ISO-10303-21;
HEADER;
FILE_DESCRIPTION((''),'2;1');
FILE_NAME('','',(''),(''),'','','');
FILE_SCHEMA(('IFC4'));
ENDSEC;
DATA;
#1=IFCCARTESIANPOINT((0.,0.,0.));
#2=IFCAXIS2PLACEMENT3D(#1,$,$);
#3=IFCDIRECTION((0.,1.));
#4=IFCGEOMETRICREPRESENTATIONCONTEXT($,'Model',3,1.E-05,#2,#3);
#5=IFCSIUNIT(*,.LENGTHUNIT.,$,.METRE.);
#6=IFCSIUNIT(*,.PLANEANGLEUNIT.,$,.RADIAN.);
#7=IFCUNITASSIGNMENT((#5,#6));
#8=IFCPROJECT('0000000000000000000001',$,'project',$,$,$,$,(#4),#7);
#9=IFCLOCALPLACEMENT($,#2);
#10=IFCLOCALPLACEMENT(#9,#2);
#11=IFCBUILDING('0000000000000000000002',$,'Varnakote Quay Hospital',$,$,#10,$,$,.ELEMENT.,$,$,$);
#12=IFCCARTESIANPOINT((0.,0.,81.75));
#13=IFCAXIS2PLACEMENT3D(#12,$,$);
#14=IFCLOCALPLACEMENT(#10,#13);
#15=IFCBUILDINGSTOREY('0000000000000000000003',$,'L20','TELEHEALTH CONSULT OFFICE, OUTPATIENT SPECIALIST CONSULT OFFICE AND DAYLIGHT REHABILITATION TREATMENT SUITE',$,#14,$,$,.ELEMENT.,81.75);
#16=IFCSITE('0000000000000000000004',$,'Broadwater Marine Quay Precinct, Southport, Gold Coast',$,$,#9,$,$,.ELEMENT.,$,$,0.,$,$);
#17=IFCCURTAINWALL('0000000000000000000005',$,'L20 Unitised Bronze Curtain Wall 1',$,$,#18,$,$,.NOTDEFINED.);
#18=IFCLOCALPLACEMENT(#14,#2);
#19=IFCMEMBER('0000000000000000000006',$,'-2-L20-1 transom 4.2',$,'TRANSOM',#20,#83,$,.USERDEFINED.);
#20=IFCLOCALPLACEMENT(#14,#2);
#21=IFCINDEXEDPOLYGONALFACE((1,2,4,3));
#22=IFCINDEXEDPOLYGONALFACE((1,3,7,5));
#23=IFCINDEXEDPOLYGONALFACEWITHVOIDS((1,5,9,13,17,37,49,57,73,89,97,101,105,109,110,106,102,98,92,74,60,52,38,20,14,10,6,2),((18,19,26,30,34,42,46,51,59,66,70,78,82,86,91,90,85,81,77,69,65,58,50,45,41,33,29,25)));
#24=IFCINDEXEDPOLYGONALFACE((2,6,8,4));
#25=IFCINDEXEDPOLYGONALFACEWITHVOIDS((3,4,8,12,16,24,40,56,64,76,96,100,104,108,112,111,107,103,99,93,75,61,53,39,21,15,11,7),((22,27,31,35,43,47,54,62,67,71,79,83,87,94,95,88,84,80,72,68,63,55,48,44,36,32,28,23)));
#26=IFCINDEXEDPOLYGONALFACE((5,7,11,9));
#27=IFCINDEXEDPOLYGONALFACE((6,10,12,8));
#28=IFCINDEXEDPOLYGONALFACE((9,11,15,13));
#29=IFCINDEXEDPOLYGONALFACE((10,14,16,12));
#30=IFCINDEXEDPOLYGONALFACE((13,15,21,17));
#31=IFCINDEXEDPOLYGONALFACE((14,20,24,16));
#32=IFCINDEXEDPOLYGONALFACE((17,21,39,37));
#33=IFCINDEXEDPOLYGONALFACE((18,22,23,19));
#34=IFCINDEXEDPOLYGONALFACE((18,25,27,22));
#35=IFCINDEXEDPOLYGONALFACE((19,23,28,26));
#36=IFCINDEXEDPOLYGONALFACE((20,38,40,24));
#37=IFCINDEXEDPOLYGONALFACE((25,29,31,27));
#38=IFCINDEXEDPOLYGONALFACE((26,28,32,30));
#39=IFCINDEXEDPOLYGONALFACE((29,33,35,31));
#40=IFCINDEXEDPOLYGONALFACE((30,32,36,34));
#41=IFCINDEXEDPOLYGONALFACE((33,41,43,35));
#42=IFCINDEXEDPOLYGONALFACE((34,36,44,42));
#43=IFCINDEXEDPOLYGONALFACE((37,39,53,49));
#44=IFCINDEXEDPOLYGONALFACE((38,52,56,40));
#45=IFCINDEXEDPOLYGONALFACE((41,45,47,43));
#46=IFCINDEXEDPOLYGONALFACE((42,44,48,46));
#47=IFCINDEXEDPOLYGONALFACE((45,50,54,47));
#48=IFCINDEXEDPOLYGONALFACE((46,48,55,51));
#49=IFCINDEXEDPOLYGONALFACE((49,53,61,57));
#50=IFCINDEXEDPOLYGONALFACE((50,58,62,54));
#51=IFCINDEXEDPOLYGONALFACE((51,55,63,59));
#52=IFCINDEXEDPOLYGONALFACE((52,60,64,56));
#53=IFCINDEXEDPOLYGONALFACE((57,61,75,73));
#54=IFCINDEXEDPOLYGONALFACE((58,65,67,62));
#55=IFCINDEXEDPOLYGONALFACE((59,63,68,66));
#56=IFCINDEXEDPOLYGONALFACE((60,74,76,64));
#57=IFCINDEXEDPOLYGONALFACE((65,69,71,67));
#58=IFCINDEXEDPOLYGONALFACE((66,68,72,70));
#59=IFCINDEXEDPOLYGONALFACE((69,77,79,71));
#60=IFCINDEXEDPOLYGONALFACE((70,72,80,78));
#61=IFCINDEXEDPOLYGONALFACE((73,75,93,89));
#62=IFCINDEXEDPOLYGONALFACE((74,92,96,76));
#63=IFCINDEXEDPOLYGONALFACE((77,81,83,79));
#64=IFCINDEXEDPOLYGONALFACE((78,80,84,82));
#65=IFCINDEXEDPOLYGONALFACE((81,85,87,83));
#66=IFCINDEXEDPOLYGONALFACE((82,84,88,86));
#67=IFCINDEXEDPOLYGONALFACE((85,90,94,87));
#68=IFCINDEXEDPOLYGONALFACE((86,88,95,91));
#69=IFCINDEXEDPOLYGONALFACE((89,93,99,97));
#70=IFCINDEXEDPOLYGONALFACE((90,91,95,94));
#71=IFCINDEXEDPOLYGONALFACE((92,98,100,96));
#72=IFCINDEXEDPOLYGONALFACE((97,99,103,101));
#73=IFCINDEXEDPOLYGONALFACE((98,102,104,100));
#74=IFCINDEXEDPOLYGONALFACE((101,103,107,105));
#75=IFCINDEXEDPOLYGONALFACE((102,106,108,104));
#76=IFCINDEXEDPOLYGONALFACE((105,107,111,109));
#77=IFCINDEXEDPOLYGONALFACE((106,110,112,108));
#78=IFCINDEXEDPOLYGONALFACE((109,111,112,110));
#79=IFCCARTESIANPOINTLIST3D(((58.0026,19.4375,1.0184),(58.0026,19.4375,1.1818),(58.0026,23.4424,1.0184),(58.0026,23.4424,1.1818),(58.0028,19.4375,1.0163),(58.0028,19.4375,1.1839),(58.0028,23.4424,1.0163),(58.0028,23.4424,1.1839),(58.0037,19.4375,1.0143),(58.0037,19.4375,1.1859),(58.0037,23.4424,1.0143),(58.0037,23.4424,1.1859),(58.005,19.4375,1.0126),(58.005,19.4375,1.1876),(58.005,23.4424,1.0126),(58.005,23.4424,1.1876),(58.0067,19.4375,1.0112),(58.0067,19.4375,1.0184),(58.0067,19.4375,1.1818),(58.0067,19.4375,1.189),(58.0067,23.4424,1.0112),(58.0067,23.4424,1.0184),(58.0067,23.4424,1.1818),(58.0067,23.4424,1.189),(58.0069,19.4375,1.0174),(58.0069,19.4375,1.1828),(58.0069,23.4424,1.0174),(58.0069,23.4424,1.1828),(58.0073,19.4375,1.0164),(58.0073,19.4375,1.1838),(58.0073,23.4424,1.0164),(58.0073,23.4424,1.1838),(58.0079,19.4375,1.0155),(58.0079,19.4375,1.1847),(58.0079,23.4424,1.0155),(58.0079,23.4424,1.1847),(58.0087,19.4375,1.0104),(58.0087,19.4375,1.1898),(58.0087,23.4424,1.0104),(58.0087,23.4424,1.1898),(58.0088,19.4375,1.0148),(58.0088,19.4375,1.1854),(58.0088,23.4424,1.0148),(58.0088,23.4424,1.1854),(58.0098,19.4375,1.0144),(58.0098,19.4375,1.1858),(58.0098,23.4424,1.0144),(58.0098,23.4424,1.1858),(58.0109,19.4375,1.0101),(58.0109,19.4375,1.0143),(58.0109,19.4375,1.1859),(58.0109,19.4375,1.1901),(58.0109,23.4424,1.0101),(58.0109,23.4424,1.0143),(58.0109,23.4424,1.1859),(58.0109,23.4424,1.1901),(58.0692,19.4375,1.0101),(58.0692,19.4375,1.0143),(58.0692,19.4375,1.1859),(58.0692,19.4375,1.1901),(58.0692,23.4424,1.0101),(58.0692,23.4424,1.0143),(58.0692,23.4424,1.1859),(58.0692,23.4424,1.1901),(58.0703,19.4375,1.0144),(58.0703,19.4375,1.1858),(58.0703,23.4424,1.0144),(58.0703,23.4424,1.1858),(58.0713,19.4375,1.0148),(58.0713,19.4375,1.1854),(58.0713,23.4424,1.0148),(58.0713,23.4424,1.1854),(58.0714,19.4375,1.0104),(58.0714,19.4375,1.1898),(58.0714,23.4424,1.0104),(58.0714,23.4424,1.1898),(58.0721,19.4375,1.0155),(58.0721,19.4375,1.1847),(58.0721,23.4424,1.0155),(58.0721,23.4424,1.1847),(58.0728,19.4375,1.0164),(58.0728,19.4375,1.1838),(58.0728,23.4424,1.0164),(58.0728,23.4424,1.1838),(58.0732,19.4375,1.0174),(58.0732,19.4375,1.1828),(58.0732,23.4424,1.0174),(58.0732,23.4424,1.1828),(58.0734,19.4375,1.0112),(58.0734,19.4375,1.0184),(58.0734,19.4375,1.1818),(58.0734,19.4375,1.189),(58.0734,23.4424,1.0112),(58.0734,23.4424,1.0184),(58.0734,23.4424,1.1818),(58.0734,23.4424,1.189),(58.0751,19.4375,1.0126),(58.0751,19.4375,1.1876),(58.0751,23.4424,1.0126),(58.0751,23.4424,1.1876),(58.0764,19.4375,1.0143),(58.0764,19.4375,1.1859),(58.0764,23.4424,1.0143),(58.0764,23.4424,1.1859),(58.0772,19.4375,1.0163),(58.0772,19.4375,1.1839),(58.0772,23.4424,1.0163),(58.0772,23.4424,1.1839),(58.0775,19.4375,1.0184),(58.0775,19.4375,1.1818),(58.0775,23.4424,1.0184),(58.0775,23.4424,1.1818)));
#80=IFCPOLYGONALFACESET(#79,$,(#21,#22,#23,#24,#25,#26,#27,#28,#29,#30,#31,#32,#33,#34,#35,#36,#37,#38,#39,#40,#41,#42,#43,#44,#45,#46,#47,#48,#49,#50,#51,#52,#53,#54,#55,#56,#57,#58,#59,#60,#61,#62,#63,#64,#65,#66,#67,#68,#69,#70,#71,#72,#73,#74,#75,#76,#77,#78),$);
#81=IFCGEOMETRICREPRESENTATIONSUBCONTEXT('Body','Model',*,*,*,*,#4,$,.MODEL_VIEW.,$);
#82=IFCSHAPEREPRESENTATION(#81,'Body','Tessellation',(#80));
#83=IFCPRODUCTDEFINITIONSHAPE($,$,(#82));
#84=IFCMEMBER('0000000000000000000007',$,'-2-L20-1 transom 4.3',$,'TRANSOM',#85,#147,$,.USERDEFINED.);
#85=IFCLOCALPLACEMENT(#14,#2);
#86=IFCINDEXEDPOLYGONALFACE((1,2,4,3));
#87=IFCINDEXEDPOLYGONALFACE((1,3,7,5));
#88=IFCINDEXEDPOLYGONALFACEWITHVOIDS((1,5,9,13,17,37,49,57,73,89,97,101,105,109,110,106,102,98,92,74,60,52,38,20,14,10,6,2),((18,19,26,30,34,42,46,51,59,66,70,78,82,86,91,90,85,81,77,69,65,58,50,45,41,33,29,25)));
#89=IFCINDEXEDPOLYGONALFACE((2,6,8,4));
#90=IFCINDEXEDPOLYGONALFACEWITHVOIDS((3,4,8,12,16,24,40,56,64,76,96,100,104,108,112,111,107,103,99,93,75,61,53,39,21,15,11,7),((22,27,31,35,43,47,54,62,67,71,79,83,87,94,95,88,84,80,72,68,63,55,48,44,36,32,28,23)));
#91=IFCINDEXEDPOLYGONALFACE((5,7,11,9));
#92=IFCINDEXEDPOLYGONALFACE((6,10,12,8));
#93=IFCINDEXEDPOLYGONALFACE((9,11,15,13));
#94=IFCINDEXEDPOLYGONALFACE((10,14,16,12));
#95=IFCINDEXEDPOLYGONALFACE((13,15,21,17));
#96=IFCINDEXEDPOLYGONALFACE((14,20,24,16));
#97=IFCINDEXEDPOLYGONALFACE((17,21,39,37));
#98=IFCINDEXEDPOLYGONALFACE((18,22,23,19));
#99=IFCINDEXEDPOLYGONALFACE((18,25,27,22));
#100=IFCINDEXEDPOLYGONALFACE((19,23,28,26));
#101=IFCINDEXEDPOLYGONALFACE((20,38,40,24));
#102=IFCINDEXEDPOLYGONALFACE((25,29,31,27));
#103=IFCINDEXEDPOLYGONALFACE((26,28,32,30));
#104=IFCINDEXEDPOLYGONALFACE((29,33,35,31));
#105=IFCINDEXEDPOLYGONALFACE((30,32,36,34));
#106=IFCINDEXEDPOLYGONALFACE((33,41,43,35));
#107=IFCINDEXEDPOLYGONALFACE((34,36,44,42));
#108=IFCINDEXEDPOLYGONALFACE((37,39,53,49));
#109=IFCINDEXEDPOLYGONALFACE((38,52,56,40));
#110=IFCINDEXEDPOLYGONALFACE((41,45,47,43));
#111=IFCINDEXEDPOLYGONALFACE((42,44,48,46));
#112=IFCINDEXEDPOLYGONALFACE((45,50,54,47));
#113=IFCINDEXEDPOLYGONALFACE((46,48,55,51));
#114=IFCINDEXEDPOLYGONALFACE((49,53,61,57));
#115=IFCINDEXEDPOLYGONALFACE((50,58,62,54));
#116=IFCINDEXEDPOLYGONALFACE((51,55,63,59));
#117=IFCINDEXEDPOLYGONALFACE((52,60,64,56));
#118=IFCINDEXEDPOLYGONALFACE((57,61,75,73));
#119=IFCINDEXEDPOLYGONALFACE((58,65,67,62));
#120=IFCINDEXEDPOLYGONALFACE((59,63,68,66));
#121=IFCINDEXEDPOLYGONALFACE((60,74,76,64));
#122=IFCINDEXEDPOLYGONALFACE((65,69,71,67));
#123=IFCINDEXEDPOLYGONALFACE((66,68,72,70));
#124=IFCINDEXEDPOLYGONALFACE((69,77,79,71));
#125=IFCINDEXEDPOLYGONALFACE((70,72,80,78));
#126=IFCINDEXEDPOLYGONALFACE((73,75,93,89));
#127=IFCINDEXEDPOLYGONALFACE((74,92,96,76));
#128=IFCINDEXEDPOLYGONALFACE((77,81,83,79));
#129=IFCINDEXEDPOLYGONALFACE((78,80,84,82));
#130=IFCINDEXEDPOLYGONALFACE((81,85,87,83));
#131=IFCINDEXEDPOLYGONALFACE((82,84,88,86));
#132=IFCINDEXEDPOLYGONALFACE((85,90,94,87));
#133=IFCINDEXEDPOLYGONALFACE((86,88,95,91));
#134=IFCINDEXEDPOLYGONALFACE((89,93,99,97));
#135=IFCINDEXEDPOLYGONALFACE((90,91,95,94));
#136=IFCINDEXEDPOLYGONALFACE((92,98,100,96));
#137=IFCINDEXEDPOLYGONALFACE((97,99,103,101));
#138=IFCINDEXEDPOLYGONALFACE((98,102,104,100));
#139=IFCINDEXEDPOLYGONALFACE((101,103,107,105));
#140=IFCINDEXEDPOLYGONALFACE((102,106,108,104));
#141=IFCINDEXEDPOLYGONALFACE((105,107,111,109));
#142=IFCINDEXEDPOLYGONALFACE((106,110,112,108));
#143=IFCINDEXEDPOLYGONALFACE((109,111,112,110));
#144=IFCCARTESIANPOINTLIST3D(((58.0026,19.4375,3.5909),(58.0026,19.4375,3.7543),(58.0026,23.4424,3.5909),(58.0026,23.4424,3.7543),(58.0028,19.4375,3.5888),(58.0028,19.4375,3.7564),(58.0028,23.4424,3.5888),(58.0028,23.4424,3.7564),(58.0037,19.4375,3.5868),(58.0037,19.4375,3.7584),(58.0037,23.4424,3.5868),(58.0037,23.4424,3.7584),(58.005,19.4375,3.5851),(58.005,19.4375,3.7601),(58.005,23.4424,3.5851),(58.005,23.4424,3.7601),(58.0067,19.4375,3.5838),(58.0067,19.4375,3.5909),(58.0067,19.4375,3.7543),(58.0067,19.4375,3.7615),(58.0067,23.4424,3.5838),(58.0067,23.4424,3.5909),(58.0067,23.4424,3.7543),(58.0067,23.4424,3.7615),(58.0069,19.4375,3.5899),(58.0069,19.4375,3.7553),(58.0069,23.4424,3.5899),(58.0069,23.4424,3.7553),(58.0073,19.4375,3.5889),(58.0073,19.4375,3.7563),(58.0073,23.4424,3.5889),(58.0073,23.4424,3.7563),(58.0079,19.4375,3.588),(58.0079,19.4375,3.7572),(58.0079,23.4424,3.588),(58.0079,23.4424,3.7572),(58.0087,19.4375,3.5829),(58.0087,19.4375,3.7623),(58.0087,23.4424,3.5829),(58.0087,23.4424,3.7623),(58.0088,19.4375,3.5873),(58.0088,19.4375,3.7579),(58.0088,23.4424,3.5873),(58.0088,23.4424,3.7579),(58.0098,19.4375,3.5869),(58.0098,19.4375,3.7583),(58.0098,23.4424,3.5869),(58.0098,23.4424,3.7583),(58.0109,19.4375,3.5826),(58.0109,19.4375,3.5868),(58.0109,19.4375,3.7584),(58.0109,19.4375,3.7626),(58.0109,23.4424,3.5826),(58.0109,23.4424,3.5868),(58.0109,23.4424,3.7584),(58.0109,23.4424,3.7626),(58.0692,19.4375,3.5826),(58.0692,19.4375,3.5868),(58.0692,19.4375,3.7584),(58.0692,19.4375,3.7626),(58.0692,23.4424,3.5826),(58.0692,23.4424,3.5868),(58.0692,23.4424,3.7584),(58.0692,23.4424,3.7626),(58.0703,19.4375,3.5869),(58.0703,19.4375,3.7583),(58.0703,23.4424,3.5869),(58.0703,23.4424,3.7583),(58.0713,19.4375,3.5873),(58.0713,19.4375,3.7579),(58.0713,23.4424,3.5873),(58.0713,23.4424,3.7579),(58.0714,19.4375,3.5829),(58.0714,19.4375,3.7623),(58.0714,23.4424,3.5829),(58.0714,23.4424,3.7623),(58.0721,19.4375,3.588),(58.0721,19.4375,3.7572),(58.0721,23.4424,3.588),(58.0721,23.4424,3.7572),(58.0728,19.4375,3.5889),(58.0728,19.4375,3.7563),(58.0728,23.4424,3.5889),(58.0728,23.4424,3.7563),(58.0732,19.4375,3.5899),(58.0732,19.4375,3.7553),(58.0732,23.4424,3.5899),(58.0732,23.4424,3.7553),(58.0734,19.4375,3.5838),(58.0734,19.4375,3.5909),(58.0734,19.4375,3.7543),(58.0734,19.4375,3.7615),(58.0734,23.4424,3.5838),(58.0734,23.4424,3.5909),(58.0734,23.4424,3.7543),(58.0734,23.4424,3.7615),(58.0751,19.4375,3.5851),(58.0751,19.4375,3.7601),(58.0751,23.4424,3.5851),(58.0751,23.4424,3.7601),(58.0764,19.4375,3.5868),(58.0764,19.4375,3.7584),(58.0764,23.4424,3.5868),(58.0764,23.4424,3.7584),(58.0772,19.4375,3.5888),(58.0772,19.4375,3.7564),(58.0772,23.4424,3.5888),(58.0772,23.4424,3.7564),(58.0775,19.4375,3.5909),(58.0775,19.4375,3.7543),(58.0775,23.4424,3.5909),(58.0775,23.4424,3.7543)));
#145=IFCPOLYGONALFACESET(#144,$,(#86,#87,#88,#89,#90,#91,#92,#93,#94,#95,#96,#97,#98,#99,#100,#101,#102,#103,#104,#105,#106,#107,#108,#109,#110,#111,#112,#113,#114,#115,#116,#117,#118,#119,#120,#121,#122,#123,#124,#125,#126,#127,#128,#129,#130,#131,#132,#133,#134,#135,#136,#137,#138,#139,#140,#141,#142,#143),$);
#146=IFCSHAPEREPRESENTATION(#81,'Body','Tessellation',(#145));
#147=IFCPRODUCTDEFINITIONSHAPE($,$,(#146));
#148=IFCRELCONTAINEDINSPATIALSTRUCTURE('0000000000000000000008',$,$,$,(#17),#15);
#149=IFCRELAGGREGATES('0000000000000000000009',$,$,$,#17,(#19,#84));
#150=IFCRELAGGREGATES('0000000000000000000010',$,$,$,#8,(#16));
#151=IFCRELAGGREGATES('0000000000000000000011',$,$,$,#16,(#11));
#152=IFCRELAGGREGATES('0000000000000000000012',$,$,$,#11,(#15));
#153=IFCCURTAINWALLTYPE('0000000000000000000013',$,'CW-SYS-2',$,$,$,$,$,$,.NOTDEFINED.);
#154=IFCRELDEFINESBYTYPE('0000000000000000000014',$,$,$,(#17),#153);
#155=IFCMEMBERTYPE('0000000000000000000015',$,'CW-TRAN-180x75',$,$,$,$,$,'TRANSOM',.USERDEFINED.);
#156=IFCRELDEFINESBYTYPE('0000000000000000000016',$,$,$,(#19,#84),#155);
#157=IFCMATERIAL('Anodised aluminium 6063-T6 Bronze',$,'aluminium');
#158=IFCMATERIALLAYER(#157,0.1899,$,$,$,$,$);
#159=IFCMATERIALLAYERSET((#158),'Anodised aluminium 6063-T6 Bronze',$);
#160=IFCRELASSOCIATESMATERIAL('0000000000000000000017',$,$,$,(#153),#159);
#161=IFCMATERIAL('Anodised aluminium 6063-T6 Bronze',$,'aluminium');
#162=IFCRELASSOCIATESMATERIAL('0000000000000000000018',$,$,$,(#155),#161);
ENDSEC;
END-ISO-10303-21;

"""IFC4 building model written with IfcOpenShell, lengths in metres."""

from ifc_helpers import new_model, si_unit, direction, frame, origin, origin_2d, place, context, subcontext, project, spatial, hollow_rectangle, extrude, material, layer, layer_set, material_profile, profile_set, type_object, element, aggregate, save


model = new_model("IFC4")

# Units and contexts
model_context = context("Model", 3, precision=1e-05, world=origin(), true_north=direction((0.0, 1.0)))
body_context = subcontext(model_context, "Body", "Model", "MODEL_VIEW")
ifc_project = project(units=[si_unit("LENGTHUNIT", "METRE"), si_unit("PLANEANGLEUNIT", "RADIAN")], contexts=[model_context])

# Site, building, storey
site_placement = place(None, origin())
site = spatial("IfcSite", under=ifc_project, at=site_placement, Name="Broadwater Marine Quay Precinct, Southport, Gold Coast", CompositionType="ELEMENT", RefElevation=0.0)
building_placement = place(site_placement, origin())
building = spatial("IfcBuilding", under=site, at=building_placement, Name="Varnakote Quay Hospital", CompositionType="ELEMENT")
storey_placement = place(building_placement, frame((0.0, 0.0, 81.75)))
storey = spatial("IfcBuildingStorey", under=building, at=storey_placement, Name="L20", Description="TELEHEALTH CONSULT OFFICE, OUTPATIENT SPECIALIST CONSULT OFFICE AND DAYLIGHT REHABILITATION TREATMENT SUITE", CompositionType="ELEMENT", Elevation=81.75)

# Curtain wall, members
ifc_material_1 = material(Name="Anodised aluminium 6063-T6 Bronze", Category="aluminium")
ifc_layer_1 = layer(ifc_material_1, 0.1899)
ifc_layer_set_1 = layer_set([ifc_layer_1], Name="Anodised aluminium 6063-T6 Bronze")
curtain_wall_type = type_object("IfcCurtainWallType", Name="CW-SYS-2", PredefinedType="NOTDEFINED", material=ifc_layer_set_1)
curtain_wall_placement = place(storey_placement, origin())
curtain_wall = element("IfcCurtainWall", 1, at=curtain_wall_placement, inside=storey, type_object=curtain_wall_type, Name="L20 Unitised Bronze Curtain Wall 1", PredefinedType="NOTDEFINED")
ifc_material_2 = material(Name="Anodised aluminium 6063-T6 Bronze", Category="aluminium")
ifc_material_profile_1 = material_profile(ifc_material_2, hollow_rectangle(XDim=0.075, YDim=0.1799, WallThickness=0.0042, InnerFilletRadius=0.0042, OuterFilletRadius=0.0083, at=origin_2d()), Name="CW-TRAN-180x75")
ifc_profile_set_1 = profile_set([ifc_material_profile_1], Name="Anodised aluminium 6063-T6 Bronze")
member_type_1 = type_object("IfcMemberType", Name="CW-TRAN-180x75", ElementType="TRANSOM", PredefinedType="USERDEFINED", material=ifc_profile_set_1)
member_1_placement = place(storey_placement, frame((58.04, 19.4375, 1.1001), z_axis=(0.0, 1.0, 0.0), x_axis=(-1.0, 0.0, 0.0)))
member_1 = element("IfcMember", 2, at=member_1_placement, type_object=member_type_1, Name="-2-L20-1 transom 4.2", ObjectType="TRANSOM", PredefinedType="USERDEFINED", context=body_context, shape_type="SweptSolid", body=[
    extrude(hollow_rectangle(XDim=0.075, YDim=0.1799, WallThickness=0.0042, InnerFilletRadius=0.0042, OuterFilletRadius=0.0083, at=origin_2d()), origin(), (0.0, 0.0, 1.0), 4.0049),
])
member_2_placement = place(storey_placement, frame((58.04, 19.4375, 3.6726), z_axis=(0.0, 1.0, 0.0), x_axis=(-1.0, 0.0, 0.0)))
member_2 = element("IfcMember", 3, at=member_2_placement, type_object=member_type_1, Name="-2-L20-1 transom 4.3", ObjectType="TRANSOM", PredefinedType="USERDEFINED", context=body_context, shape_type="SweptSolid", body=[
    extrude(hollow_rectangle(XDim=0.075, YDim=0.1799, WallThickness=0.0042, InnerFilletRadius=0.0042, OuterFilletRadius=0.0083, at=origin_2d()), origin(), (0.0, 0.0, 1.0), 4.0049),
])
aggregate(curtain_wall, [member_1, member_2])

save(model, "model.ifc")
